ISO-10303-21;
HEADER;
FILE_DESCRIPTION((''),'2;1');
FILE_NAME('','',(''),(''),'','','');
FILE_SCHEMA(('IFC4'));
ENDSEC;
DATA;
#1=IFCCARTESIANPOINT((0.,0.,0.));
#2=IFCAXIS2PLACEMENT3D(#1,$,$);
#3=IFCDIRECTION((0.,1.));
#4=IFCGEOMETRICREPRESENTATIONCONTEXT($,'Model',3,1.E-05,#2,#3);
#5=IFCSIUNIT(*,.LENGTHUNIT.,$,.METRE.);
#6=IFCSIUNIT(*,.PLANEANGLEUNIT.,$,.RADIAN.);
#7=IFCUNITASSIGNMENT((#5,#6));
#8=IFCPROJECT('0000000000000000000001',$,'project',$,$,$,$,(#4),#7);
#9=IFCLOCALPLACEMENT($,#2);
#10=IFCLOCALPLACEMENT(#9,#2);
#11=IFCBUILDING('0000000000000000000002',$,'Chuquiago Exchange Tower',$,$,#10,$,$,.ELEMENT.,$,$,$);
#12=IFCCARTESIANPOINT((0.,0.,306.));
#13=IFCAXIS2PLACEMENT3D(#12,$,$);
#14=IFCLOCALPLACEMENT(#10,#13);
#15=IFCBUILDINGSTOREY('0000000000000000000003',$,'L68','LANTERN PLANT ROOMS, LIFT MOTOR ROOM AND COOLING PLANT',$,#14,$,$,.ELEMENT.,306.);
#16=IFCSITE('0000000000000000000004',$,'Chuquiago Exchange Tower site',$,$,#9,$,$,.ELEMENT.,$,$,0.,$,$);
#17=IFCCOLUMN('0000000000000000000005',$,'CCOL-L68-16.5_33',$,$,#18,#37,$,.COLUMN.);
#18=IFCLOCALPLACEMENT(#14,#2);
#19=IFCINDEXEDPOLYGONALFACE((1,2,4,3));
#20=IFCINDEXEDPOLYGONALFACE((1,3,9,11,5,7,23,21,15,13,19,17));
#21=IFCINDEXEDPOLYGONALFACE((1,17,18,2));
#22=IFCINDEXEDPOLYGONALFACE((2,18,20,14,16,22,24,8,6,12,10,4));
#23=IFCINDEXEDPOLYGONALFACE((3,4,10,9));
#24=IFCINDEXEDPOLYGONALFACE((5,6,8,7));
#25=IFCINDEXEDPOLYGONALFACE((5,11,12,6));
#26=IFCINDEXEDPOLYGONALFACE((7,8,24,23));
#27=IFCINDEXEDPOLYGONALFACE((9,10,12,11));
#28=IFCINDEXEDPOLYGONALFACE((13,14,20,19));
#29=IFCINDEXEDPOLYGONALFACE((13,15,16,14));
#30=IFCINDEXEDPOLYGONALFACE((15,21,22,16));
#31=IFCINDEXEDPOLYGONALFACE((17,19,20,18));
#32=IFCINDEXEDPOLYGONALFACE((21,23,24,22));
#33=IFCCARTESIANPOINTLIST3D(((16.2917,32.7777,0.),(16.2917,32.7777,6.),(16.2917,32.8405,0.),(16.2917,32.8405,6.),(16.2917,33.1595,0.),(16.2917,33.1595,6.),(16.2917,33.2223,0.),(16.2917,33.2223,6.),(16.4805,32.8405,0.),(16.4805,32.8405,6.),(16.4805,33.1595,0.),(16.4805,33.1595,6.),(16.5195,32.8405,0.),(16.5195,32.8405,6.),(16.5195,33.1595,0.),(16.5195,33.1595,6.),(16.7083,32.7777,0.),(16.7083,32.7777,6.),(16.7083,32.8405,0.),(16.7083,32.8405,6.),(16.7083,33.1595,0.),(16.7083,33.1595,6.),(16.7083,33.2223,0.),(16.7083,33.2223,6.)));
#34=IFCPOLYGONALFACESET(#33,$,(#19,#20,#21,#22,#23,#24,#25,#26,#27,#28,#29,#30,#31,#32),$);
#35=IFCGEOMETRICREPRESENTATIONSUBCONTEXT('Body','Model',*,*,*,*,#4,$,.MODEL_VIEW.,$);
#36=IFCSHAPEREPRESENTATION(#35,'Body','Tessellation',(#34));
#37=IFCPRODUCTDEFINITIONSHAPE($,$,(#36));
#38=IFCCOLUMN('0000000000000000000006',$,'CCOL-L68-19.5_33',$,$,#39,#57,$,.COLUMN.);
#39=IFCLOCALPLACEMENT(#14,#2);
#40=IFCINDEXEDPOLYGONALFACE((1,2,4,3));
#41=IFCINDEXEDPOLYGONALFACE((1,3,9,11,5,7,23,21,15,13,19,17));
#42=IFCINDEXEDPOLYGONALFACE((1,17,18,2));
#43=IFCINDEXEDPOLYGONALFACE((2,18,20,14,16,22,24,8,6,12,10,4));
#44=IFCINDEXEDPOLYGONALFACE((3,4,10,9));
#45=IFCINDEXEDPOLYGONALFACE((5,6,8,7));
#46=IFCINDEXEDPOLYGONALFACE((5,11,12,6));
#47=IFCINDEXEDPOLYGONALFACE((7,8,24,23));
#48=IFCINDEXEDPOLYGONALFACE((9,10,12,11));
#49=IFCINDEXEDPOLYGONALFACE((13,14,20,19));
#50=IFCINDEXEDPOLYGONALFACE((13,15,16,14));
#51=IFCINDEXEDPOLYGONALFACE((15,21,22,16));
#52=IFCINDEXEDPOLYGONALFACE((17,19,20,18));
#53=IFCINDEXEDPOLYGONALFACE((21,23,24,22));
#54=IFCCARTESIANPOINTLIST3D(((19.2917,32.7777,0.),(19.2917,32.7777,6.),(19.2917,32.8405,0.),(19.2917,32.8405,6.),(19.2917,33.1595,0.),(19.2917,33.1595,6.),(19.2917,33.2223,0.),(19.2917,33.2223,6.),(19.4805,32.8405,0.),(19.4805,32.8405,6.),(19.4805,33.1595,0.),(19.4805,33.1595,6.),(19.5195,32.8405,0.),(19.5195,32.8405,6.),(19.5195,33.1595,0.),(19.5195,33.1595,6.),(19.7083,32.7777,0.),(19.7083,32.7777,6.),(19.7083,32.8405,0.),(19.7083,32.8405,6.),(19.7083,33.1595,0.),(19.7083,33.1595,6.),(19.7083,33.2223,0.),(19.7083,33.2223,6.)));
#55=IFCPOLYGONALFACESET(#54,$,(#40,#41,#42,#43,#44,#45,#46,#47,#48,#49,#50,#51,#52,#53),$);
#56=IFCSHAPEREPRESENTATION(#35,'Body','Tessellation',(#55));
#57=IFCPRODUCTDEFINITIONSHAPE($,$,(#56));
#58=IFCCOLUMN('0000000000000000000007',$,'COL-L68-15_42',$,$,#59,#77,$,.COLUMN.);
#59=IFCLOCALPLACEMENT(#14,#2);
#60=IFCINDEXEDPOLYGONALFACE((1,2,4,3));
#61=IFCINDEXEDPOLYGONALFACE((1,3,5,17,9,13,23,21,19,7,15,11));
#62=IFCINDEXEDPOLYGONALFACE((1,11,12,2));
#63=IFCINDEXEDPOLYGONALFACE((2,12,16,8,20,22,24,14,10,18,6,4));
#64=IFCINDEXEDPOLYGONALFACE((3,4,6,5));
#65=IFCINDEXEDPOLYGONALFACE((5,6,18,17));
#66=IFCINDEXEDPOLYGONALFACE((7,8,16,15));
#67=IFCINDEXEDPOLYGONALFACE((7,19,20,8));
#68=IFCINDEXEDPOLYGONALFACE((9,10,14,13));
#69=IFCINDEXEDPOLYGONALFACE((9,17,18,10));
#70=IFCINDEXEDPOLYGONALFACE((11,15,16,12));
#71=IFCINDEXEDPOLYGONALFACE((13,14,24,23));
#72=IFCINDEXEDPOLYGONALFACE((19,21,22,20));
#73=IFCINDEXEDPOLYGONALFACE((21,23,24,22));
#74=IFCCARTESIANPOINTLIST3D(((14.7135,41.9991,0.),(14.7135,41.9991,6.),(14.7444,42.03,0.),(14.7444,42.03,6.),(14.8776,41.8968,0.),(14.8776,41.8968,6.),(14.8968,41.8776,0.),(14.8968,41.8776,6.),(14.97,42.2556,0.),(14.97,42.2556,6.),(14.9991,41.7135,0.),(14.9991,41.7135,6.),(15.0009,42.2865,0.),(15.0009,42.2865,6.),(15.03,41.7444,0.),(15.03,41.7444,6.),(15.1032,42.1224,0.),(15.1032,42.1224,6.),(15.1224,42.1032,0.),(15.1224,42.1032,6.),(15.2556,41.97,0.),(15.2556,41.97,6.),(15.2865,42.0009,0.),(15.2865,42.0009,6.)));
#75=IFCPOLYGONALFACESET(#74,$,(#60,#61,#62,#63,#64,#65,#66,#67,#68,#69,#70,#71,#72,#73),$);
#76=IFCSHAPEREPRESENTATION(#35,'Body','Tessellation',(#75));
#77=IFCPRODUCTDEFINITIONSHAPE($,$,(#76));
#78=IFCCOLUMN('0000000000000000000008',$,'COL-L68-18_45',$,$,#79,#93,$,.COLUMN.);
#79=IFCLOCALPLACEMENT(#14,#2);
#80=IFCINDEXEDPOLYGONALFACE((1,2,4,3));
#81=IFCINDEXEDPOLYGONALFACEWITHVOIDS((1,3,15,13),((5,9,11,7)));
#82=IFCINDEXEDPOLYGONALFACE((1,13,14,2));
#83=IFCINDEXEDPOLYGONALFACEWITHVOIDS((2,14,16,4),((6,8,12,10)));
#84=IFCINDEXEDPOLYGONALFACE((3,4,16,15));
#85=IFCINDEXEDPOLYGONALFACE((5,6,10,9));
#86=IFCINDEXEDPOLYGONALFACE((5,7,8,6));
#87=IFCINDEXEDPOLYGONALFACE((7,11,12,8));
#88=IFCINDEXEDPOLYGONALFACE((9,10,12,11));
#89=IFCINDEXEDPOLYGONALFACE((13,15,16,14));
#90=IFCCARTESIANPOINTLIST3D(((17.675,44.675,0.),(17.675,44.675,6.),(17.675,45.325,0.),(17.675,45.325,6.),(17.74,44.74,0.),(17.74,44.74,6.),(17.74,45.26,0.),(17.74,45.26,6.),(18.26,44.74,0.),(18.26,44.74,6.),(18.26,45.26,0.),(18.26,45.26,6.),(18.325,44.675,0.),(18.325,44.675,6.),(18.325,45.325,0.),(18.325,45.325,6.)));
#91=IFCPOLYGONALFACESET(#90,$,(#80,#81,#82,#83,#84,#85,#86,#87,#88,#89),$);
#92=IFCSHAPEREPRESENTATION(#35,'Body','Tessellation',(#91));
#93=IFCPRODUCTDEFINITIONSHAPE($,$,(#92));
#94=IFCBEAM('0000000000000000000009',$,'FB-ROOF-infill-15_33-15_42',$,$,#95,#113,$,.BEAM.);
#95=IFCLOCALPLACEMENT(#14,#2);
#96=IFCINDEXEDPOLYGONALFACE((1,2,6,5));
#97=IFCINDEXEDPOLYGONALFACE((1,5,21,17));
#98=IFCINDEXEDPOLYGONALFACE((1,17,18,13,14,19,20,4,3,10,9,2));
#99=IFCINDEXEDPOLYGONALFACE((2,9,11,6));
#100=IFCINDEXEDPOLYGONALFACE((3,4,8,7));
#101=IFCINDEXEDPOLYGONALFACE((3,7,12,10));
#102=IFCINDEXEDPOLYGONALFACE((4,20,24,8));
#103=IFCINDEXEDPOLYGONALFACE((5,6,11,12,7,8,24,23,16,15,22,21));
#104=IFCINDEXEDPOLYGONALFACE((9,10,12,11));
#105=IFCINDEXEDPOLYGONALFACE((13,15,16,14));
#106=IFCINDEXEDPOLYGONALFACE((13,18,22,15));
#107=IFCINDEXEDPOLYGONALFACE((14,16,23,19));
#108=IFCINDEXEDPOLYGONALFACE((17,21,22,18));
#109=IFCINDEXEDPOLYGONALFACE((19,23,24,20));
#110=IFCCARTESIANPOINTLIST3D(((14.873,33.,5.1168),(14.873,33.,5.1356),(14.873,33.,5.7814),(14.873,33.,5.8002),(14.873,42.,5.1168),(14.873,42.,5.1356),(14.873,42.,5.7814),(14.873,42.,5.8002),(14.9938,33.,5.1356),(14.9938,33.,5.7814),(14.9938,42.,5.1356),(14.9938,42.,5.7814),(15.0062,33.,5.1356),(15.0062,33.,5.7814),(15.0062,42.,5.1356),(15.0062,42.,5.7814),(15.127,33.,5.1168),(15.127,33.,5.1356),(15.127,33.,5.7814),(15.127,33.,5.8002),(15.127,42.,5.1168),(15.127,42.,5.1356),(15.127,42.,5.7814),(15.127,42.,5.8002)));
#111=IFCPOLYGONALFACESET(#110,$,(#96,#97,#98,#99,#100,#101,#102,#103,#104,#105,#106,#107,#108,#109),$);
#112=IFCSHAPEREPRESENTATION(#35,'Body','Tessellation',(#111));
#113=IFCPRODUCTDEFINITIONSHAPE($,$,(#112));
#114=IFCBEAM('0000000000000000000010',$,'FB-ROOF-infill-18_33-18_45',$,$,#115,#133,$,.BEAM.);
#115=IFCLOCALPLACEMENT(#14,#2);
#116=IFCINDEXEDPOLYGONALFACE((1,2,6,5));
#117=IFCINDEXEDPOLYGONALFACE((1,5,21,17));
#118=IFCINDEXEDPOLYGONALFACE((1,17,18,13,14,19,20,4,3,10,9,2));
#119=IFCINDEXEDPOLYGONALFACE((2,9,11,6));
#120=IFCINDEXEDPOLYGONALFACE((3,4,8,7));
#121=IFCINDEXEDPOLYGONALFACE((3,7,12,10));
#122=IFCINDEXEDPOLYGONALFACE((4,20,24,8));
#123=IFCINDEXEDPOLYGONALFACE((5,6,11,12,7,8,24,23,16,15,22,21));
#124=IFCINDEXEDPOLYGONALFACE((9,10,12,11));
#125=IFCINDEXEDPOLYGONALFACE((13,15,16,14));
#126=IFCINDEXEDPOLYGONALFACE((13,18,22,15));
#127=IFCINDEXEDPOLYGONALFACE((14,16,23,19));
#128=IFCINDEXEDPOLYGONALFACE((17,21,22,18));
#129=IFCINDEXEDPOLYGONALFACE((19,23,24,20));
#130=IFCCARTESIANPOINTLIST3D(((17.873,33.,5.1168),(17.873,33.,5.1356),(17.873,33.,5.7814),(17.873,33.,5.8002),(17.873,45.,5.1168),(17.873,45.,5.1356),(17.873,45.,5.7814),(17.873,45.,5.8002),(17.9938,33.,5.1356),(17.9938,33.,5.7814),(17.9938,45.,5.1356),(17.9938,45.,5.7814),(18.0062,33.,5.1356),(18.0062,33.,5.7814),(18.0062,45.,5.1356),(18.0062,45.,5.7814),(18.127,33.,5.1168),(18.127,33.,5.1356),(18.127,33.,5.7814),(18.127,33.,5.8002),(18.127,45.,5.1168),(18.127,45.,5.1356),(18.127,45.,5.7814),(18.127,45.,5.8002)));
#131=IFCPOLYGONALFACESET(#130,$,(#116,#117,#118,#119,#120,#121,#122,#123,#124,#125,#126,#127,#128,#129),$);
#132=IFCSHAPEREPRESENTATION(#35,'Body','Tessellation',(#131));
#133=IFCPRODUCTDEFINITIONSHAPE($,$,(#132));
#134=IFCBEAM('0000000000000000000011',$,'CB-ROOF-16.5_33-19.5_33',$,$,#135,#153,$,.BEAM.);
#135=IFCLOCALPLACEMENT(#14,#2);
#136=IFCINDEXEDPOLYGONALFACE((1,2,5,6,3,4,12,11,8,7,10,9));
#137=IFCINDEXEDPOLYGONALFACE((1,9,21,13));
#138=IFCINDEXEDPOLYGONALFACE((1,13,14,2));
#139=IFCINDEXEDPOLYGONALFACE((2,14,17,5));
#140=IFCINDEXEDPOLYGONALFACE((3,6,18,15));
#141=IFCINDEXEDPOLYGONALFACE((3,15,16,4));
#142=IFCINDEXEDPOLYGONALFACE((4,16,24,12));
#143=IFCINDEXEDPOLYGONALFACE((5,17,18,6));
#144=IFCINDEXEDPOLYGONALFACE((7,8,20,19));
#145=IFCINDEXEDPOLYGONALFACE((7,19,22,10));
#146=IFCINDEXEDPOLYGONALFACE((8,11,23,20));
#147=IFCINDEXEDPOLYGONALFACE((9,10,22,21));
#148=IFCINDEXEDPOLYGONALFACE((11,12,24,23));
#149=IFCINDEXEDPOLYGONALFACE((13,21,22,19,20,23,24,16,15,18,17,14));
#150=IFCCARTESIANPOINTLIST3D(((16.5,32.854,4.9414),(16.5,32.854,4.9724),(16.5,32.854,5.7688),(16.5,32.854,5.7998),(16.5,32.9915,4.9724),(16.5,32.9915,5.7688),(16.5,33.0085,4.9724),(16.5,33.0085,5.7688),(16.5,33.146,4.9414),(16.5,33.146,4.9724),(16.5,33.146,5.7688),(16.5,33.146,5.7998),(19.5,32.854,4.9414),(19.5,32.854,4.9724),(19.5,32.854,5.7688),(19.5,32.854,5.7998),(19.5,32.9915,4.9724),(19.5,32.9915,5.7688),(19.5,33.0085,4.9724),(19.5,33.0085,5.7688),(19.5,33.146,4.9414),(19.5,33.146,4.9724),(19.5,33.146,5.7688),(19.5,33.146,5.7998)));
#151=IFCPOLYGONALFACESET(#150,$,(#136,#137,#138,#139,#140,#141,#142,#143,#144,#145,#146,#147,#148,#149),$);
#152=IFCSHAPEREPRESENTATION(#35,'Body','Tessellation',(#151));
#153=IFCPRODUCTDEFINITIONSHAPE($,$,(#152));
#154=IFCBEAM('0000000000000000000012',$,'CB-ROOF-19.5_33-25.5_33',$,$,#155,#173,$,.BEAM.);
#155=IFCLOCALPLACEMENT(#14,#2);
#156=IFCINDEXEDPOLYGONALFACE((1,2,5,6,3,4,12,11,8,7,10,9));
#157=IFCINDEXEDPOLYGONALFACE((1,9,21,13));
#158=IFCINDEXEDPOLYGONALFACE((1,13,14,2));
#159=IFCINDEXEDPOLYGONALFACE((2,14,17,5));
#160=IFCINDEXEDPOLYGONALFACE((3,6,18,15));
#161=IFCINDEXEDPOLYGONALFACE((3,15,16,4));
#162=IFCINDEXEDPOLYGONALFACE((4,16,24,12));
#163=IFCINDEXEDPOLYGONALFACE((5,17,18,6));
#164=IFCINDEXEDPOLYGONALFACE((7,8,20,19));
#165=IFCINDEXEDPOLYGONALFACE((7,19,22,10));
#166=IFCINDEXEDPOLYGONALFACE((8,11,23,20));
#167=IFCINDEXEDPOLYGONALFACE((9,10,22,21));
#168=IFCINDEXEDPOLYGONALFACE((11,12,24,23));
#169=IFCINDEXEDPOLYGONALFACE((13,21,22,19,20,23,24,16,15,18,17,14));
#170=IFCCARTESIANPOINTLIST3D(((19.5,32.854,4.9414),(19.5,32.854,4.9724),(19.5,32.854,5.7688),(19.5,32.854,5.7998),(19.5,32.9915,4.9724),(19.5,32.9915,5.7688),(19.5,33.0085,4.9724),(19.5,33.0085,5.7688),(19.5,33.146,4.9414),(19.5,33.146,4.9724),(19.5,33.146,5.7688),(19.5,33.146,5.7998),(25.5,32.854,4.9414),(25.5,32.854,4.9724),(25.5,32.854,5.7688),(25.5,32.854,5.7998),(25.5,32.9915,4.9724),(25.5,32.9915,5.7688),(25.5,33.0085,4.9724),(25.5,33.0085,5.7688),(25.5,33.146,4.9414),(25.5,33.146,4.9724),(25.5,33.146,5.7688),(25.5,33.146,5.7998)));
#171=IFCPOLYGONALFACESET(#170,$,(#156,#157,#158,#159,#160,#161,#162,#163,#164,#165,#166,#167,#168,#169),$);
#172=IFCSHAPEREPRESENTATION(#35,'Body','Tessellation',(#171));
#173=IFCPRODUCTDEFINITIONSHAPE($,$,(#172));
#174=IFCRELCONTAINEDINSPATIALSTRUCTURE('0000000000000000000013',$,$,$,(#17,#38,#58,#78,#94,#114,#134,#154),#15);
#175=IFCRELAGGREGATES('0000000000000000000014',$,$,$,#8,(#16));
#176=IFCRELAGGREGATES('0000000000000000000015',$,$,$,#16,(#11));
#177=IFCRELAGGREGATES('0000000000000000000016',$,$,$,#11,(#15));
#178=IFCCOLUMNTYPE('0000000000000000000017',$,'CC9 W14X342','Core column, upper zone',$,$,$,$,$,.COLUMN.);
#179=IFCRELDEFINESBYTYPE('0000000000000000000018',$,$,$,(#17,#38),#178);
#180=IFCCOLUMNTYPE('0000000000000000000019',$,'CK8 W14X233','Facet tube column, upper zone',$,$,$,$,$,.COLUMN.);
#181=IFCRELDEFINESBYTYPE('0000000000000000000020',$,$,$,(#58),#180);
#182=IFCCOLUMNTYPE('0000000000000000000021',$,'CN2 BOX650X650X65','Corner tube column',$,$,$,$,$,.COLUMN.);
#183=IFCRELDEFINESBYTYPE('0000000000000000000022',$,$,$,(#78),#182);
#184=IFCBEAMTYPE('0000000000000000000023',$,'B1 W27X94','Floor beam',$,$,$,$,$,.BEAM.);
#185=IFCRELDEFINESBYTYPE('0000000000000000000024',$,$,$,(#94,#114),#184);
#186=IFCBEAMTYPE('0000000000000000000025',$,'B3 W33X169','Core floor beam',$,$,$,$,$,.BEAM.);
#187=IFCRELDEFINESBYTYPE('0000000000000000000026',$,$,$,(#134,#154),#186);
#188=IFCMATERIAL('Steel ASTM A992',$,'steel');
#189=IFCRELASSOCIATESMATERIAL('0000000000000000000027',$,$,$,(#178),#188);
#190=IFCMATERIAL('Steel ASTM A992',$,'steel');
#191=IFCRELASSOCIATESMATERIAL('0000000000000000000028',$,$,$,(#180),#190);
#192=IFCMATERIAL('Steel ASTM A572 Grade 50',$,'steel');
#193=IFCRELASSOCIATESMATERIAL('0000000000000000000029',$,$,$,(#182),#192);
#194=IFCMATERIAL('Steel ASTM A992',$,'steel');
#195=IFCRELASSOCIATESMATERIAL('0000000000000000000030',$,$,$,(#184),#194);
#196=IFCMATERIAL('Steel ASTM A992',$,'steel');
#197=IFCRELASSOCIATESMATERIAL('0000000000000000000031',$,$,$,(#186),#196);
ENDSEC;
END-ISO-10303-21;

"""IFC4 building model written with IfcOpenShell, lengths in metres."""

from ifc_helpers import new_model, si_unit, direction, frame, origin, origin_2d, place, context, subcontext, project, spatial, hollow_rectangle, i_section, extrude, material, material_profile, profile_set, type_object, element, save


model = new_model("IFC4")

# Units and contexts
model_context = context("Model", 3, precision=1e-05, world=origin(), true_north=direction((0.0, 1.0)))
body_context = subcontext(model_context, "Body", "Model", "MODEL_VIEW")
ifc_project = project(units=[si_unit("LENGTHUNIT", "METRE"), si_unit("PLANEANGLEUNIT", "RADIAN")], contexts=[model_context])

# Site, building, storey
site_placement = place(None, origin())
site = spatial("IfcSite", under=ifc_project, at=site_placement, Name="Chuquiago Exchange Tower site", CompositionType="ELEMENT", RefElevation=0.0)
building_placement = place(site_placement, origin())
building = spatial("IfcBuilding", under=site, at=building_placement, Name="Chuquiago Exchange Tower", CompositionType="ELEMENT")
storey_placement = place(building_placement, frame((0.0, 0.0, 306.0)))
storey = spatial("IfcBuildingStorey", under=building, at=storey_placement, Name="L68", Description="LANTERN PLANT ROOMS, LIFT MOTOR ROOM AND COOLING PLANT", CompositionType="ELEMENT", Elevation=306.0)

# Columns
ifc_material_1 = material(Name="Steel ASTM A992", Category="steel")
ifc_material_profile_1 = material_profile(ifc_material_1, i_section(OverallWidth=0.4165, OverallDepth=0.4446, WebThickness=0.0391, FlangeThickness=0.0627, at=origin_2d()), Name="W14X342")
ifc_profile_set_1 = profile_set([ifc_material_profile_1], Name="Steel ASTM A992")
column_type_1 = type_object("IfcColumnType", Name="CC9 W14X342", Description="Core column, upper zone", PredefinedType="COLUMN", material=ifc_profile_set_1)
for number, where, z_axis, x_axis, name in (
    (1, (16.5, 33.0, 0.0), (0.0, 0.0, 1.0), (1.0, 0.0, 0.0), "CCOL-L68-16.5_33"),
    (2, (19.5, 33.0, 0.0), (0.0, 0.0, 1.0), (1.0, 0.0, 0.0), "CCOL-L68-19.5_33"),
):
    element("IfcColumn", number, at=place(storey_placement, frame(where, z_axis=z_axis, x_axis=x_axis)), inside=storey, type_object=column_type_1, Name=name, PredefinedType="COLUMN", context=body_context, shape_type="SweptSolid", body=[
        extrude(i_section(OverallWidth=0.4165, OverallDepth=0.4446, WebThickness=0.0391, FlangeThickness=0.0627, at=origin_2d()), origin(), (0.0, 0.0, 1.0), 6.0),
    ])
ifc_material_2 = material(Name="Steel ASTM A992", Category="steel")
ifc_material_profile_2 = material_profile(ifc_material_2, i_section(OverallWidth=0.4038, OverallDepth=0.4065, WebThickness=0.0271, FlangeThickness=0.0437, at=origin_2d()), Name="W14X233")
ifc_profile_set_2 = profile_set([ifc_material_profile_2], Name="Steel ASTM A992")
column_type_2 = type_object("IfcColumnType", Name="CK8 W14X233", Description="Facet tube column, upper zone", PredefinedType="COLUMN", material=ifc_profile_set_2)
column_1_placement = place(storey_placement, frame((15.0, 42.0, 0.0), z_axis=(0.0, 0.0, 1.0), x_axis=(-0.707107, 0.707107, 0.0)))
element("IfcColumn", 3, at=column_1_placement, inside=storey, type_object=column_type_2, Name="COL-L68-15_42", PredefinedType="COLUMN", context=body_context, shape_type="SweptSolid", body=[
    extrude(i_section(OverallWidth=0.4038, OverallDepth=0.4065, WebThickness=0.0271, FlangeThickness=0.0437, at=origin_2d()), origin(), (0.0, 0.0, 1.0), 6.0),
])
ifc_material_3 = material(Name="Steel ASTM A572 Grade 50", Category="steel")
ifc_material_profile_3 = material_profile(ifc_material_3, hollow_rectangle(XDim=0.6499, YDim=0.6499, WallThickness=0.0649, at=origin_2d()), Name="BOX650X650X65")
ifc_profile_set_3 = profile_set([ifc_material_profile_3], Name="Steel ASTM A572 Grade 50")
column_type_3 = type_object("IfcColumnType", Name="CN2 BOX650X650X65", Description="Corner tube column", PredefinedType="COLUMN", material=ifc_profile_set_3)
column_2_placement = place(storey_placement, frame((18.0, 45.0, 0.0), z_axis=(0.0, 0.0, 1.0), x_axis=(0.0, 1.0, 0.0)))
element("IfcColumn", 4, at=column_2_placement, inside=storey, type_object=column_type_3, Name="COL-L68-18_45", PredefinedType="COLUMN", context=body_context, shape_type="SweptSolid", body=[
    extrude(hollow_rectangle(XDim=0.6499, YDim=0.6499, WallThickness=0.0649, at=origin_2d()), origin(), (0.0, 0.0, 1.0), 6.0),
])

# Beams
ifc_material_4 = material(Name="Steel ASTM A992", Category="steel")
ifc_material_profile_4 = material_profile(ifc_material_4, i_section(OverallWidth=0.2539, OverallDepth=0.6833, WebThickness=0.0125, FlangeThickness=0.0188, at=origin_2d()), Name="W27X94")
ifc_profile_set_4 = profile_set([ifc_material_profile_4], Name="Steel ASTM A992")
beam_type_1 = type_object("IfcBeamType", Name="B1 W27X94", Description="Floor beam", PredefinedType="BEAM", material=ifc_profile_set_4)
beam_1_placement = place(storey_placement, frame((15.0, 33.0, 5.4585), z_axis=(0.0, 1.0, 0.0), x_axis=(-1.0, 0.0, 0.0)))
element("IfcBeam", 5, at=beam_1_placement, inside=storey, type_object=beam_type_1, Name="FB-ROOF-infill-15_33-15_42", PredefinedType="BEAM", context=body_context, shape_type="SweptSolid", body=[
    extrude(i_section(OverallWidth=0.2539, OverallDepth=0.6833, WebThickness=0.0125, FlangeThickness=0.0188, at=origin_2d()), origin(), (0.0, 0.0, 1.0), 9.0),
])
beam_2_placement = place(storey_placement, frame((18.0, 33.0, 5.4585), z_axis=(0.0, 1.0, 0.0), x_axis=(-1.0, 0.0, 0.0)))
element("IfcBeam", 6, at=beam_2_placement, inside=storey, type_object=beam_type_1, Name="FB-ROOF-infill-18_33-18_45", PredefinedType="BEAM", context=body_context, shape_type="SweptSolid", body=[
    extrude(i_section(OverallWidth=0.2539, OverallDepth=0.6833, WebThickness=0.0125, FlangeThickness=0.0188, at=origin_2d()), origin(), (0.0, 0.0, 1.0), 12.0),
])
ifc_material_5 = material(Name="Steel ASTM A992", Category="steel")
ifc_material_profile_5 = material_profile(ifc_material_5, i_section(OverallWidth=0.292, OverallDepth=0.8584, WebThickness=0.0171, FlangeThickness=0.031, at=origin_2d()), Name="W33X169")
ifc_profile_set_5 = profile_set([ifc_material_profile_5], Name="Steel ASTM A992")
beam_type_2 = type_object("IfcBeamType", Name="B3 W33X169", Description="Core floor beam", PredefinedType="BEAM", material=ifc_profile_set_5)
beam_3_placement = place(storey_placement, frame((16.5, 33.0, 5.3706), z_axis=(1.0, 0.0, 0.0), x_axis=(0.0, 1.0, 0.0)))
element("IfcBeam", 7, at=beam_3_placement, inside=storey, type_object=beam_type_2, Name="CB-ROOF-16.5_33-19.5_33", PredefinedType="BEAM", context=body_context, shape_type="SweptSolid", body=[
    extrude(i_section(OverallWidth=0.292, OverallDepth=0.8584, WebThickness=0.0171, FlangeThickness=0.031, at=origin_2d()), origin(), (0.0, 0.0, 1.0), 3.0),
])
beam_4_placement = place(storey_placement, frame((19.5, 33.0, 5.3706), z_axis=(1.0, 0.0, 0.0), x_axis=(0.0, 1.0, 0.0)))
element("IfcBeam", 8, at=beam_4_placement, inside=storey, type_object=beam_type_2, Name="CB-ROOF-19.5_33-25.5_33", PredefinedType="BEAM", context=body_context, shape_type="SweptSolid", body=[
    extrude(i_section(OverallWidth=0.292, OverallDepth=0.8584, WebThickness=0.0171, FlangeThickness=0.031, at=origin_2d()), origin(), (0.0, 0.0, 1.0), 6.0),
])

save(model, "model.ifc")
